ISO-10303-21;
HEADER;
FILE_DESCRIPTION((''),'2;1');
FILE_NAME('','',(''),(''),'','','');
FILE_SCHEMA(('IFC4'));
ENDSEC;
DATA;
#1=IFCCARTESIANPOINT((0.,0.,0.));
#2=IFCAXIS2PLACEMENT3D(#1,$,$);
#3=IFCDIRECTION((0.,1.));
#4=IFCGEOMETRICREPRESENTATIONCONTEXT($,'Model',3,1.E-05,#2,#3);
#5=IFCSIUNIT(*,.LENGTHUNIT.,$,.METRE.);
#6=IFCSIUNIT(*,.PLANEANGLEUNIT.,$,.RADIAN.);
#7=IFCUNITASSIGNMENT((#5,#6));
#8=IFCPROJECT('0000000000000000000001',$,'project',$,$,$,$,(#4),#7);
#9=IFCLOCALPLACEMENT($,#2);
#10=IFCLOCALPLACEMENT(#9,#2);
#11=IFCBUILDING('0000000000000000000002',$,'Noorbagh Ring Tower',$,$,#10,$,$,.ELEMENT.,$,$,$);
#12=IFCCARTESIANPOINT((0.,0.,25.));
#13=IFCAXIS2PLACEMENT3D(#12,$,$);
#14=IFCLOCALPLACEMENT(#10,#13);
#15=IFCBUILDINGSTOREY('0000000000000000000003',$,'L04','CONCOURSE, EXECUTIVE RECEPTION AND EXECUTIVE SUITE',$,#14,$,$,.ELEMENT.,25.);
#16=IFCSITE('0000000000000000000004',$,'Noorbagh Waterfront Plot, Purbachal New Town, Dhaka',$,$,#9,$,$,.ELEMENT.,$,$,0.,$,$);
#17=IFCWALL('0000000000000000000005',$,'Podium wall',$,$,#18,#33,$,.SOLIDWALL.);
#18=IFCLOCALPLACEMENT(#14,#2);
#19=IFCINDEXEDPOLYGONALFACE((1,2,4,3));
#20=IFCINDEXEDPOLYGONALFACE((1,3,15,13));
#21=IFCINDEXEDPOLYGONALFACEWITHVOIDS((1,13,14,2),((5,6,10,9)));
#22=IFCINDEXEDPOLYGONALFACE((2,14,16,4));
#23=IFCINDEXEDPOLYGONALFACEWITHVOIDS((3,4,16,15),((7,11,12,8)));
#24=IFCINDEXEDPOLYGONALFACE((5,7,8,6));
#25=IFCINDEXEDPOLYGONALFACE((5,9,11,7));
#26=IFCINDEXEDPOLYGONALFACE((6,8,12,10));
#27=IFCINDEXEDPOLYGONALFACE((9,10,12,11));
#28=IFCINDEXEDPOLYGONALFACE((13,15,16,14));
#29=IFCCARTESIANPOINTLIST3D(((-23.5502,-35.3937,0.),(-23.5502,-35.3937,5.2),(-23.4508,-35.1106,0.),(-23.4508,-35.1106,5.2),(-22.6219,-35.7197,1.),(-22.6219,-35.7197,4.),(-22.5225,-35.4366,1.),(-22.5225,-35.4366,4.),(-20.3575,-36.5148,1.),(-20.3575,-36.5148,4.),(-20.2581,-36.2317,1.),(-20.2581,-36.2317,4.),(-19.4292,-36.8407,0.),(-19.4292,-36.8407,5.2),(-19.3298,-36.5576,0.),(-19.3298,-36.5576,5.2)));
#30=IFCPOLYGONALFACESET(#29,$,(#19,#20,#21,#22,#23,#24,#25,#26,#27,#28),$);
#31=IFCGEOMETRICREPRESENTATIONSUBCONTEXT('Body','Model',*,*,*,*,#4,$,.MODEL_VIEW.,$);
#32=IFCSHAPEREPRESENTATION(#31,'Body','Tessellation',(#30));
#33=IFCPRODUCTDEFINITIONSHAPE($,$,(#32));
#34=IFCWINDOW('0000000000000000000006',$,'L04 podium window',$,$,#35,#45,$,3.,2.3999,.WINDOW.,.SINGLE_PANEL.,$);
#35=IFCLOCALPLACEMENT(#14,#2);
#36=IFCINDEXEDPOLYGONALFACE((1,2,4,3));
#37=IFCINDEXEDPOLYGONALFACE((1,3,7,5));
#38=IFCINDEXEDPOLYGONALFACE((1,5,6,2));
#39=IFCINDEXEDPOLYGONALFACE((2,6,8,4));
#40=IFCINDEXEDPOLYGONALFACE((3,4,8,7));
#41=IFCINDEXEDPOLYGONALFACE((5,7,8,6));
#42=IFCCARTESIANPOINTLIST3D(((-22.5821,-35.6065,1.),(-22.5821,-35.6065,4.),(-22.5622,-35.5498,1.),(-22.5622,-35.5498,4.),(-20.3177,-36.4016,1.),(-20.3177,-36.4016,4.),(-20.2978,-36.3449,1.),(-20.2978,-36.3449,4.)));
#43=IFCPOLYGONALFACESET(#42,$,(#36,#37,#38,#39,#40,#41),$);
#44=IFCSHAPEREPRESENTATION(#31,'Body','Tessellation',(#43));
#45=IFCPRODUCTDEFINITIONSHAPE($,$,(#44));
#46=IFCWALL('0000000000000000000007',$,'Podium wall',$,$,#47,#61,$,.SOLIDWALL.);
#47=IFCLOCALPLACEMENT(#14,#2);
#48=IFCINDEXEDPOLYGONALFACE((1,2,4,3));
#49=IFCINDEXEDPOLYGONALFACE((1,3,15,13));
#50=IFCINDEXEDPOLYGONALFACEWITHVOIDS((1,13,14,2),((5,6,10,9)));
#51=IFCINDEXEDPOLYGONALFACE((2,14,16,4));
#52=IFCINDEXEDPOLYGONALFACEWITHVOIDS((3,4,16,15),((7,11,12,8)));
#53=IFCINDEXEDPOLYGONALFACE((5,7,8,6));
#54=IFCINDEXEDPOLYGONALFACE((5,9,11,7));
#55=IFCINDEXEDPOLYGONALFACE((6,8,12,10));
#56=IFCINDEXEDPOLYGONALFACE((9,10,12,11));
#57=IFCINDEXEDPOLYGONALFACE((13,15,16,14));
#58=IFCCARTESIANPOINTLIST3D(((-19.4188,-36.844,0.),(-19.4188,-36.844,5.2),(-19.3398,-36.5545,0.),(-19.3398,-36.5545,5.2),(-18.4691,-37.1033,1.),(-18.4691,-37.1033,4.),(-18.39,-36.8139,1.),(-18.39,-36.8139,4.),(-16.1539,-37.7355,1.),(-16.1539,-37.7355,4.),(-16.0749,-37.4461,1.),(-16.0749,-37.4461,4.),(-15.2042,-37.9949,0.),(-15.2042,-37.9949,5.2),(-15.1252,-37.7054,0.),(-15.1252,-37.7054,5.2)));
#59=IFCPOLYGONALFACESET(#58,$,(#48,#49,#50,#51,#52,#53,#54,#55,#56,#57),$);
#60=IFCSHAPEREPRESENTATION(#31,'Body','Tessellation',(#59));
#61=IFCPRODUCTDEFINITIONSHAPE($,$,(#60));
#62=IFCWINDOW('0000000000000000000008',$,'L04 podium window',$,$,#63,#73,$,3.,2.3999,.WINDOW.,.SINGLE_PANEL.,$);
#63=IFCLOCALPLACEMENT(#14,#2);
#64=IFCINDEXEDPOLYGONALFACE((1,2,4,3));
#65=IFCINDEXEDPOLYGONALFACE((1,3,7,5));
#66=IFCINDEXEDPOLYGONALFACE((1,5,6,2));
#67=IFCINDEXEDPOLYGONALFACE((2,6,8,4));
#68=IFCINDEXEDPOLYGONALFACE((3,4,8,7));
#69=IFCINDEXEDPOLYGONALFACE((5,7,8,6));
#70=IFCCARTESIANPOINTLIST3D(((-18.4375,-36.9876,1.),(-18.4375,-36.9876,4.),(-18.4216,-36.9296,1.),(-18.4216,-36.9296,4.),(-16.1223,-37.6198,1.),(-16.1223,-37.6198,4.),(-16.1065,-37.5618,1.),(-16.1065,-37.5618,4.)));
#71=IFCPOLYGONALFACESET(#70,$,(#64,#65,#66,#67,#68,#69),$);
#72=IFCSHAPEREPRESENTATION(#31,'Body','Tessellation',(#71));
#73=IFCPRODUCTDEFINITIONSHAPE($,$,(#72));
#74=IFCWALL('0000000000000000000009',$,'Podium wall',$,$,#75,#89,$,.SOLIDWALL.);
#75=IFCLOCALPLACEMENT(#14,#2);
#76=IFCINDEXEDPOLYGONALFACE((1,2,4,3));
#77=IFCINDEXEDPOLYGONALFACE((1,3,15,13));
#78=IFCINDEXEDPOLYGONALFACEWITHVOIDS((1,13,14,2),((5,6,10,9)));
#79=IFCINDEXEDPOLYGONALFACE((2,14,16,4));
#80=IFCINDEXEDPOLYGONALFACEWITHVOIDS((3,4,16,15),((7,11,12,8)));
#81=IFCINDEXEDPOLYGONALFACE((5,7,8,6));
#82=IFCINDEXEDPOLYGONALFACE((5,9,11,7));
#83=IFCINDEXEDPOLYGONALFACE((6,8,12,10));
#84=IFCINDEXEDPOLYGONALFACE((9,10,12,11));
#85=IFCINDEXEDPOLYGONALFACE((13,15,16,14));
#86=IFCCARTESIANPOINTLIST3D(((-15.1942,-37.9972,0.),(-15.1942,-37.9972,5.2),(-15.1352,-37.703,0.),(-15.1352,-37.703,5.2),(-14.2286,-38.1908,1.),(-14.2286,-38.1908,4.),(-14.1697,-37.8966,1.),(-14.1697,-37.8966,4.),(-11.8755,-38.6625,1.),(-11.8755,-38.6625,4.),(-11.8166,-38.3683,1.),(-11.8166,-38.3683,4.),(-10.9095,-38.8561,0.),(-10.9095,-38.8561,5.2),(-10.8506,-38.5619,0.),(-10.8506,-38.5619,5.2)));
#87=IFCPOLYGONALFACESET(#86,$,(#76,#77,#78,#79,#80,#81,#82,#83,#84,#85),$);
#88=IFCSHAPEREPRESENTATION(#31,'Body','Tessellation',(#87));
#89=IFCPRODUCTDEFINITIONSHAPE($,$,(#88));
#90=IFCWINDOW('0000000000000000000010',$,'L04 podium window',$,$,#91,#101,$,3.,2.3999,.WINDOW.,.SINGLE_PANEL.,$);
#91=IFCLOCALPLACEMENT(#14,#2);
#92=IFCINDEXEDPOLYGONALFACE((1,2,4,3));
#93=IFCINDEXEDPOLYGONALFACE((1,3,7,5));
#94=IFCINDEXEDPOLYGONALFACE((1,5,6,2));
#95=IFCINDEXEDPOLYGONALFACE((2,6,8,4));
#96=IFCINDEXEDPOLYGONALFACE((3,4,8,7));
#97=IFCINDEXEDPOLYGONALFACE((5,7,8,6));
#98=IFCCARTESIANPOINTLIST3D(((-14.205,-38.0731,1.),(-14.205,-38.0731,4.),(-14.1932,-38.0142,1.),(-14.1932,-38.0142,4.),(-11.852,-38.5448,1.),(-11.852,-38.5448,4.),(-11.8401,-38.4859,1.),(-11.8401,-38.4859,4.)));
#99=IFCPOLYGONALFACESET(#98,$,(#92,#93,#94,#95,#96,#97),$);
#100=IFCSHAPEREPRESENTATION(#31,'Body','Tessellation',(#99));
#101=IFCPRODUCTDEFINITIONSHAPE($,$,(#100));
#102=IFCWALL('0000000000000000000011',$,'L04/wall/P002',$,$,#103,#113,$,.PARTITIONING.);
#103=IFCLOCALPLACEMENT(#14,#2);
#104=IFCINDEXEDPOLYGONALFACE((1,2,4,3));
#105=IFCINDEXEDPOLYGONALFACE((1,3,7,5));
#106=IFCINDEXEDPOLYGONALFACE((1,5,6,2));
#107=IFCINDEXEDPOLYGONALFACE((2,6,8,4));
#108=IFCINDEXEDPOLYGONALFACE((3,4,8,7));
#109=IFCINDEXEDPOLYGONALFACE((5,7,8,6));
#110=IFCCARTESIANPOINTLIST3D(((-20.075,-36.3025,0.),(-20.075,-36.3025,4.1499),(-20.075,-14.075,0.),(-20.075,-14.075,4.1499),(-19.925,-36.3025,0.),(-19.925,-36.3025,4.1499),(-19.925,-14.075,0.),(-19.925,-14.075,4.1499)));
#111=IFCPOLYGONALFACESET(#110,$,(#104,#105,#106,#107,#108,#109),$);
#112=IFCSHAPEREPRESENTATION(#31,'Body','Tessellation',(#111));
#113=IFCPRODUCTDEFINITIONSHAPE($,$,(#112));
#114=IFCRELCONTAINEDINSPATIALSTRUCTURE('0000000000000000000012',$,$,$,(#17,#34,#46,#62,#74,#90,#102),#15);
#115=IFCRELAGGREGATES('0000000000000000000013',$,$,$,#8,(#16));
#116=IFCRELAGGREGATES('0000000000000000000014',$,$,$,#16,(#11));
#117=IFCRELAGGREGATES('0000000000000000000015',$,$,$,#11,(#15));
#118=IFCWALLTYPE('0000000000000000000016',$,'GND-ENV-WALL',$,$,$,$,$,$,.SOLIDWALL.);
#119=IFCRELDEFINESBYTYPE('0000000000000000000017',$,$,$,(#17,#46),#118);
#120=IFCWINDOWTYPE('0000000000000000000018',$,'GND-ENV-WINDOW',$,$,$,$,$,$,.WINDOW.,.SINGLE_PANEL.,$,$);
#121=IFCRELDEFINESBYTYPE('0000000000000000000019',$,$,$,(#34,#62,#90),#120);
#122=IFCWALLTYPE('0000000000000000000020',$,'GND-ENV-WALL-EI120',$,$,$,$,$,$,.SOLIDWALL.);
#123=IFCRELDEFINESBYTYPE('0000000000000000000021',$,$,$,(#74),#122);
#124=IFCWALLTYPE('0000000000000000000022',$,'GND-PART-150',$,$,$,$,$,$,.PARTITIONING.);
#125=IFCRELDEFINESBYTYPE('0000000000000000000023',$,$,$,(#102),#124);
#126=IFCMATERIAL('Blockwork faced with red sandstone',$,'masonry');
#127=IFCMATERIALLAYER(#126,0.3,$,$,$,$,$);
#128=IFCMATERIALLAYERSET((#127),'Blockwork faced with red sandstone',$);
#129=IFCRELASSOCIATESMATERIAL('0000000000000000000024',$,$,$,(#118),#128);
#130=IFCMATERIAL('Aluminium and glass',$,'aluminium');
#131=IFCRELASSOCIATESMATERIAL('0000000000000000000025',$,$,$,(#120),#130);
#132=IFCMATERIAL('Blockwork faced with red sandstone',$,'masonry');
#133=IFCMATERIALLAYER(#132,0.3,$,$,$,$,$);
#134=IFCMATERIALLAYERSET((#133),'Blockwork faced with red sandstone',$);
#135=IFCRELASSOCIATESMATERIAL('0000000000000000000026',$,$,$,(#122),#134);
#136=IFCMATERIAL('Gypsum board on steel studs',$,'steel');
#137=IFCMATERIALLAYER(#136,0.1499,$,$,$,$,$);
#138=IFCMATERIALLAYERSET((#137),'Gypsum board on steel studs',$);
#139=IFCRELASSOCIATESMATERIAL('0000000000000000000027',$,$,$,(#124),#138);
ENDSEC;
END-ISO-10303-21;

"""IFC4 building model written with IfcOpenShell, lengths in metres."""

from ifc_helpers import new_model, si_unit, direction, frame, frame_2d, origin, place, context, subcontext, project, spatial, rectangle, extrude, material, layer, layer_set, type_object, element, fill, save


model = new_model("IFC4")

# Units and contexts
model_context = context("Model", 3, precision=1e-05, world=origin(), true_north=direction((0.0, 1.0)))
body_context = subcontext(model_context, "Body", "Model", "MODEL_VIEW")
ifc_project = project(units=[si_unit("LENGTHUNIT", "METRE"), si_unit("PLANEANGLEUNIT", "RADIAN")], contexts=[model_context])

# Site, building, storey
site_placement = place(None, origin())
site = spatial("IfcSite", under=ifc_project, at=site_placement, Name="Noorbagh Waterfront Plot, Purbachal New Town, Dhaka", CompositionType="ELEMENT", RefElevation=0.0)
building_placement = place(site_placement, origin())
building = spatial("IfcBuilding", under=site, at=building_placement, Name="Noorbagh Ring Tower", CompositionType="ELEMENT")
storey_placement = place(building_placement, frame((0.0, 0.0, 25.0)))
storey = spatial("IfcBuildingStorey", under=building, at=storey_placement, Name="L04", Description="CONCOURSE, EXECUTIVE RECEPTION AND EXECUTIVE SUITE", CompositionType="ELEMENT", Elevation=25.0)

# Walls, openings, windows
ifc_material_1 = material(Name="Blockwork faced with red sandstone", Category="masonry")
ifc_layer_1 = layer(ifc_material_1, 0.3)
ifc_layer_set_1 = layer_set([ifc_layer_1], Name="Blockwork faced with red sandstone")
wall_type_1 = type_object("IfcWallType", Name="GND-ENV-WALL", PredefinedType="SOLIDWALL", material=ifc_layer_set_1)
ifc_material_2 = material(Name="Aluminium and glass", Category="aluminium")
window_type = type_object("IfcWindowType", Name="GND-ENV-WINDOW", PartitioningType="SINGLE_PANEL", PredefinedType="WINDOW", material=ifc_material_2)
wall_1_placement = place(storey_placement, frame((-23.5005, -35.2522, 0.0), z_axis=(0.0, 0.0, 1.0), x_axis=(0.943527, -0.331296, 0.0)))
wall_1 = element("IfcWall", 1, at=wall_1_placement, inside=storey, type_object=wall_type_1, Name="Podium wall", PredefinedType="SOLIDWALL", context=body_context, shape_type="SweptSolid", body=[
    extrude(rectangle(XDim=4.3677, YDim=0.3, at=frame_2d((2.1838, 0.0))), origin(), (0.0, 0.0, 1.0), 5.2),
])
opening_1_placement = place(wall_1_placement, frame((0.9839, 0.0, 1.0)))
opening_1 = element("IfcOpeningElement", 2, at=opening_1_placement, cuts=wall_1, PredefinedType="OPENING", context=body_context, shape_type="SweptSolid", body=[
    extrude(rectangle(XDim=2.3999, YDim=3.0, at=frame_2d((1.2, 1.5))), frame((0.0, 0.1602, 0.0), z_axis=(0.0, -1.0, 0.0), x_axis=(1.0, 0.0, 0.0)), (0.0, 0.0, 1.0), 0.3201),
])
window_1_placement = place(opening_1_placement, origin())
window_1 = element("IfcWindow", 3, at=window_1_placement, inside=storey, type_object=window_type, Name="L04 podium window", OverallHeight=3.0, OverallWidth=2.3999, PartitioningType="SINGLE_PANEL", PredefinedType="WINDOW", context=body_context, shape_type="SweptSolid", body=[
    extrude(rectangle(XDim=2.3999, YDim=3.0, at=frame_2d((1.2, 1.5))), frame((0.0, 0.03, 0.0), z_axis=(0.0, -1.0, 0.0), x_axis=(1.0, 0.0, 0.0)), (0.0, 0.0, 1.0), 0.0601),
])
fill(opening_1, window_1)
wall_2_placement = place(storey_placement, frame((-19.3794, -36.6992, 0.0), z_axis=(0.0, 0.0, 1.0), x_axis=(0.96468, -0.263425, 0.0)))
wall_2 = element("IfcWall", 4, at=wall_2_placement, inside=storey, type_object=wall_type_1, Name="Podium wall", PredefinedType="SOLIDWALL", context=body_context, shape_type="SweptSolid", body=[
    extrude(rectangle(XDim=4.3689, YDim=0.3, at=frame_2d((2.1846, 0.0))), origin(), (0.0, 0.0, 1.0), 5.2),
])
opening_2_placement = place(wall_2_placement, frame((0.9846, 0.0, 1.0)))
opening_2 = element("IfcOpeningElement", 5, at=opening_2_placement, cuts=wall_2, PredefinedType="OPENING", context=body_context, shape_type="SweptSolid", body=[
    extrude(rectangle(XDim=2.3999, YDim=3.0, at=frame_2d((1.2, 1.5))), frame((0.0, 0.1602, 0.0), z_axis=(0.0, -1.0, 0.0), x_axis=(1.0, 0.0, 0.0)), (0.0, 0.0, 1.0), 0.3201),
])
window_2_placement = place(opening_2_placement, origin())
window_2 = element("IfcWindow", 6, at=window_2_placement, inside=storey, type_object=window_type, Name="L04 podium window", OverallHeight=3.0, OverallWidth=2.3999, PartitioningType="SINGLE_PANEL", PredefinedType="WINDOW", context=body_context, shape_type="SweptSolid", body=[
    extrude(rectangle(XDim=2.3999, YDim=3.0, at=frame_2d((1.2, 1.5))), frame((0.0, 0.03, 0.0), z_axis=(0.0, -1.0, 0.0), x_axis=(1.0, 0.0, 0.0)), (0.0, 0.0, 1.0), 0.0601),
])
fill(opening_2, window_2)
ifc_material_3 = material(Name="Blockwork faced with red sandstone", Category="masonry")
ifc_layer_2 = layer(ifc_material_3, 0.3)
ifc_layer_set_2 = layer_set([ifc_layer_2], Name="Blockwork faced with red sandstone")
wall_type_2 = type_object("IfcWallType", Name="GND-ENV-WALL-EI120", PredefinedType="SOLIDWALL", material=ifc_layer_set_2)
wall_3_placement = place(storey_placement, frame((-15.1648, -37.8501, 0.0), z_axis=(0.0, 0.0, 1.0), x_axis=(0.980495, -0.196546, 0.0)))
wall_3 = element("IfcWall", 7, at=wall_3_placement, inside=storey, type_object=wall_type_2, Name="Podium wall", PredefinedType="SOLIDWALL", context=body_context, shape_type="SweptSolid", body=[
    extrude(rectangle(XDim=4.3699, YDim=0.3, at=frame_2d((2.1851, 0.0))), origin(), (0.0, 0.0, 1.0), 5.2),
])
opening_3_placement = place(wall_3_placement, frame((0.9849, 0.0, 1.0)))
opening_3 = element("IfcOpeningElement", 8, at=opening_3_placement, cuts=wall_3, PredefinedType="OPENING", context=body_context, shape_type="SweptSolid", body=[
    extrude(rectangle(XDim=2.3999, YDim=3.0, at=frame_2d((1.2, 1.5))), frame((0.0, 0.1602, 0.0), z_axis=(0.0, -1.0, 0.0), x_axis=(1.0, 0.0, 0.0)), (0.0, 0.0, 1.0), 0.3201),
])
window_3_placement = place(opening_3_placement, origin())
window_3 = element("IfcWindow", 9, at=window_3_placement, inside=storey, type_object=window_type, Name="L04 podium window", OverallHeight=3.0, OverallWidth=2.3999, PartitioningType="SINGLE_PANEL", PredefinedType="WINDOW", context=body_context, shape_type="SweptSolid", body=[
    extrude(rectangle(XDim=2.3999, YDim=3.0, at=frame_2d((1.2, 1.5))), frame((0.0, 0.03, 0.0), z_axis=(0.0, -1.0, 0.0), x_axis=(1.0, 0.0, 0.0)), (0.0, 0.0, 1.0), 0.0601),
])
fill(opening_3, window_3)

# Wall
ifc_material_4 = material(Name="Gypsum board on steel studs", Category="steel")
ifc_layer_3 = layer(ifc_material_4, 0.1499)
ifc_layer_set_3 = layer_set([ifc_layer_3], Name="Gypsum board on steel studs")
wall_type_3 = type_object("IfcWallType", Name="GND-PART-150", PredefinedType="PARTITIONING", material=ifc_layer_set_3)
wall_4_placement = place(storey_placement, frame((-20.0, -36.3025, 0.0), z_axis=(0.0, 0.0, 1.0), x_axis=(0.0, 1.0, 0.0)))
element("IfcWall", 10, at=wall_4_placement, inside=storey, type_object=wall_type_3, Name="L04/wall/P002", PredefinedType="PARTITIONING", context=body_context, shape_type="SweptSolid", body=[
    extrude(rectangle(XDim=22.2275, YDim=0.1499, at=frame_2d((11.1138, 0.0))), origin(), (0.0, 0.0, 1.0), 4.1499),
])

save(model, "model.ifc")
